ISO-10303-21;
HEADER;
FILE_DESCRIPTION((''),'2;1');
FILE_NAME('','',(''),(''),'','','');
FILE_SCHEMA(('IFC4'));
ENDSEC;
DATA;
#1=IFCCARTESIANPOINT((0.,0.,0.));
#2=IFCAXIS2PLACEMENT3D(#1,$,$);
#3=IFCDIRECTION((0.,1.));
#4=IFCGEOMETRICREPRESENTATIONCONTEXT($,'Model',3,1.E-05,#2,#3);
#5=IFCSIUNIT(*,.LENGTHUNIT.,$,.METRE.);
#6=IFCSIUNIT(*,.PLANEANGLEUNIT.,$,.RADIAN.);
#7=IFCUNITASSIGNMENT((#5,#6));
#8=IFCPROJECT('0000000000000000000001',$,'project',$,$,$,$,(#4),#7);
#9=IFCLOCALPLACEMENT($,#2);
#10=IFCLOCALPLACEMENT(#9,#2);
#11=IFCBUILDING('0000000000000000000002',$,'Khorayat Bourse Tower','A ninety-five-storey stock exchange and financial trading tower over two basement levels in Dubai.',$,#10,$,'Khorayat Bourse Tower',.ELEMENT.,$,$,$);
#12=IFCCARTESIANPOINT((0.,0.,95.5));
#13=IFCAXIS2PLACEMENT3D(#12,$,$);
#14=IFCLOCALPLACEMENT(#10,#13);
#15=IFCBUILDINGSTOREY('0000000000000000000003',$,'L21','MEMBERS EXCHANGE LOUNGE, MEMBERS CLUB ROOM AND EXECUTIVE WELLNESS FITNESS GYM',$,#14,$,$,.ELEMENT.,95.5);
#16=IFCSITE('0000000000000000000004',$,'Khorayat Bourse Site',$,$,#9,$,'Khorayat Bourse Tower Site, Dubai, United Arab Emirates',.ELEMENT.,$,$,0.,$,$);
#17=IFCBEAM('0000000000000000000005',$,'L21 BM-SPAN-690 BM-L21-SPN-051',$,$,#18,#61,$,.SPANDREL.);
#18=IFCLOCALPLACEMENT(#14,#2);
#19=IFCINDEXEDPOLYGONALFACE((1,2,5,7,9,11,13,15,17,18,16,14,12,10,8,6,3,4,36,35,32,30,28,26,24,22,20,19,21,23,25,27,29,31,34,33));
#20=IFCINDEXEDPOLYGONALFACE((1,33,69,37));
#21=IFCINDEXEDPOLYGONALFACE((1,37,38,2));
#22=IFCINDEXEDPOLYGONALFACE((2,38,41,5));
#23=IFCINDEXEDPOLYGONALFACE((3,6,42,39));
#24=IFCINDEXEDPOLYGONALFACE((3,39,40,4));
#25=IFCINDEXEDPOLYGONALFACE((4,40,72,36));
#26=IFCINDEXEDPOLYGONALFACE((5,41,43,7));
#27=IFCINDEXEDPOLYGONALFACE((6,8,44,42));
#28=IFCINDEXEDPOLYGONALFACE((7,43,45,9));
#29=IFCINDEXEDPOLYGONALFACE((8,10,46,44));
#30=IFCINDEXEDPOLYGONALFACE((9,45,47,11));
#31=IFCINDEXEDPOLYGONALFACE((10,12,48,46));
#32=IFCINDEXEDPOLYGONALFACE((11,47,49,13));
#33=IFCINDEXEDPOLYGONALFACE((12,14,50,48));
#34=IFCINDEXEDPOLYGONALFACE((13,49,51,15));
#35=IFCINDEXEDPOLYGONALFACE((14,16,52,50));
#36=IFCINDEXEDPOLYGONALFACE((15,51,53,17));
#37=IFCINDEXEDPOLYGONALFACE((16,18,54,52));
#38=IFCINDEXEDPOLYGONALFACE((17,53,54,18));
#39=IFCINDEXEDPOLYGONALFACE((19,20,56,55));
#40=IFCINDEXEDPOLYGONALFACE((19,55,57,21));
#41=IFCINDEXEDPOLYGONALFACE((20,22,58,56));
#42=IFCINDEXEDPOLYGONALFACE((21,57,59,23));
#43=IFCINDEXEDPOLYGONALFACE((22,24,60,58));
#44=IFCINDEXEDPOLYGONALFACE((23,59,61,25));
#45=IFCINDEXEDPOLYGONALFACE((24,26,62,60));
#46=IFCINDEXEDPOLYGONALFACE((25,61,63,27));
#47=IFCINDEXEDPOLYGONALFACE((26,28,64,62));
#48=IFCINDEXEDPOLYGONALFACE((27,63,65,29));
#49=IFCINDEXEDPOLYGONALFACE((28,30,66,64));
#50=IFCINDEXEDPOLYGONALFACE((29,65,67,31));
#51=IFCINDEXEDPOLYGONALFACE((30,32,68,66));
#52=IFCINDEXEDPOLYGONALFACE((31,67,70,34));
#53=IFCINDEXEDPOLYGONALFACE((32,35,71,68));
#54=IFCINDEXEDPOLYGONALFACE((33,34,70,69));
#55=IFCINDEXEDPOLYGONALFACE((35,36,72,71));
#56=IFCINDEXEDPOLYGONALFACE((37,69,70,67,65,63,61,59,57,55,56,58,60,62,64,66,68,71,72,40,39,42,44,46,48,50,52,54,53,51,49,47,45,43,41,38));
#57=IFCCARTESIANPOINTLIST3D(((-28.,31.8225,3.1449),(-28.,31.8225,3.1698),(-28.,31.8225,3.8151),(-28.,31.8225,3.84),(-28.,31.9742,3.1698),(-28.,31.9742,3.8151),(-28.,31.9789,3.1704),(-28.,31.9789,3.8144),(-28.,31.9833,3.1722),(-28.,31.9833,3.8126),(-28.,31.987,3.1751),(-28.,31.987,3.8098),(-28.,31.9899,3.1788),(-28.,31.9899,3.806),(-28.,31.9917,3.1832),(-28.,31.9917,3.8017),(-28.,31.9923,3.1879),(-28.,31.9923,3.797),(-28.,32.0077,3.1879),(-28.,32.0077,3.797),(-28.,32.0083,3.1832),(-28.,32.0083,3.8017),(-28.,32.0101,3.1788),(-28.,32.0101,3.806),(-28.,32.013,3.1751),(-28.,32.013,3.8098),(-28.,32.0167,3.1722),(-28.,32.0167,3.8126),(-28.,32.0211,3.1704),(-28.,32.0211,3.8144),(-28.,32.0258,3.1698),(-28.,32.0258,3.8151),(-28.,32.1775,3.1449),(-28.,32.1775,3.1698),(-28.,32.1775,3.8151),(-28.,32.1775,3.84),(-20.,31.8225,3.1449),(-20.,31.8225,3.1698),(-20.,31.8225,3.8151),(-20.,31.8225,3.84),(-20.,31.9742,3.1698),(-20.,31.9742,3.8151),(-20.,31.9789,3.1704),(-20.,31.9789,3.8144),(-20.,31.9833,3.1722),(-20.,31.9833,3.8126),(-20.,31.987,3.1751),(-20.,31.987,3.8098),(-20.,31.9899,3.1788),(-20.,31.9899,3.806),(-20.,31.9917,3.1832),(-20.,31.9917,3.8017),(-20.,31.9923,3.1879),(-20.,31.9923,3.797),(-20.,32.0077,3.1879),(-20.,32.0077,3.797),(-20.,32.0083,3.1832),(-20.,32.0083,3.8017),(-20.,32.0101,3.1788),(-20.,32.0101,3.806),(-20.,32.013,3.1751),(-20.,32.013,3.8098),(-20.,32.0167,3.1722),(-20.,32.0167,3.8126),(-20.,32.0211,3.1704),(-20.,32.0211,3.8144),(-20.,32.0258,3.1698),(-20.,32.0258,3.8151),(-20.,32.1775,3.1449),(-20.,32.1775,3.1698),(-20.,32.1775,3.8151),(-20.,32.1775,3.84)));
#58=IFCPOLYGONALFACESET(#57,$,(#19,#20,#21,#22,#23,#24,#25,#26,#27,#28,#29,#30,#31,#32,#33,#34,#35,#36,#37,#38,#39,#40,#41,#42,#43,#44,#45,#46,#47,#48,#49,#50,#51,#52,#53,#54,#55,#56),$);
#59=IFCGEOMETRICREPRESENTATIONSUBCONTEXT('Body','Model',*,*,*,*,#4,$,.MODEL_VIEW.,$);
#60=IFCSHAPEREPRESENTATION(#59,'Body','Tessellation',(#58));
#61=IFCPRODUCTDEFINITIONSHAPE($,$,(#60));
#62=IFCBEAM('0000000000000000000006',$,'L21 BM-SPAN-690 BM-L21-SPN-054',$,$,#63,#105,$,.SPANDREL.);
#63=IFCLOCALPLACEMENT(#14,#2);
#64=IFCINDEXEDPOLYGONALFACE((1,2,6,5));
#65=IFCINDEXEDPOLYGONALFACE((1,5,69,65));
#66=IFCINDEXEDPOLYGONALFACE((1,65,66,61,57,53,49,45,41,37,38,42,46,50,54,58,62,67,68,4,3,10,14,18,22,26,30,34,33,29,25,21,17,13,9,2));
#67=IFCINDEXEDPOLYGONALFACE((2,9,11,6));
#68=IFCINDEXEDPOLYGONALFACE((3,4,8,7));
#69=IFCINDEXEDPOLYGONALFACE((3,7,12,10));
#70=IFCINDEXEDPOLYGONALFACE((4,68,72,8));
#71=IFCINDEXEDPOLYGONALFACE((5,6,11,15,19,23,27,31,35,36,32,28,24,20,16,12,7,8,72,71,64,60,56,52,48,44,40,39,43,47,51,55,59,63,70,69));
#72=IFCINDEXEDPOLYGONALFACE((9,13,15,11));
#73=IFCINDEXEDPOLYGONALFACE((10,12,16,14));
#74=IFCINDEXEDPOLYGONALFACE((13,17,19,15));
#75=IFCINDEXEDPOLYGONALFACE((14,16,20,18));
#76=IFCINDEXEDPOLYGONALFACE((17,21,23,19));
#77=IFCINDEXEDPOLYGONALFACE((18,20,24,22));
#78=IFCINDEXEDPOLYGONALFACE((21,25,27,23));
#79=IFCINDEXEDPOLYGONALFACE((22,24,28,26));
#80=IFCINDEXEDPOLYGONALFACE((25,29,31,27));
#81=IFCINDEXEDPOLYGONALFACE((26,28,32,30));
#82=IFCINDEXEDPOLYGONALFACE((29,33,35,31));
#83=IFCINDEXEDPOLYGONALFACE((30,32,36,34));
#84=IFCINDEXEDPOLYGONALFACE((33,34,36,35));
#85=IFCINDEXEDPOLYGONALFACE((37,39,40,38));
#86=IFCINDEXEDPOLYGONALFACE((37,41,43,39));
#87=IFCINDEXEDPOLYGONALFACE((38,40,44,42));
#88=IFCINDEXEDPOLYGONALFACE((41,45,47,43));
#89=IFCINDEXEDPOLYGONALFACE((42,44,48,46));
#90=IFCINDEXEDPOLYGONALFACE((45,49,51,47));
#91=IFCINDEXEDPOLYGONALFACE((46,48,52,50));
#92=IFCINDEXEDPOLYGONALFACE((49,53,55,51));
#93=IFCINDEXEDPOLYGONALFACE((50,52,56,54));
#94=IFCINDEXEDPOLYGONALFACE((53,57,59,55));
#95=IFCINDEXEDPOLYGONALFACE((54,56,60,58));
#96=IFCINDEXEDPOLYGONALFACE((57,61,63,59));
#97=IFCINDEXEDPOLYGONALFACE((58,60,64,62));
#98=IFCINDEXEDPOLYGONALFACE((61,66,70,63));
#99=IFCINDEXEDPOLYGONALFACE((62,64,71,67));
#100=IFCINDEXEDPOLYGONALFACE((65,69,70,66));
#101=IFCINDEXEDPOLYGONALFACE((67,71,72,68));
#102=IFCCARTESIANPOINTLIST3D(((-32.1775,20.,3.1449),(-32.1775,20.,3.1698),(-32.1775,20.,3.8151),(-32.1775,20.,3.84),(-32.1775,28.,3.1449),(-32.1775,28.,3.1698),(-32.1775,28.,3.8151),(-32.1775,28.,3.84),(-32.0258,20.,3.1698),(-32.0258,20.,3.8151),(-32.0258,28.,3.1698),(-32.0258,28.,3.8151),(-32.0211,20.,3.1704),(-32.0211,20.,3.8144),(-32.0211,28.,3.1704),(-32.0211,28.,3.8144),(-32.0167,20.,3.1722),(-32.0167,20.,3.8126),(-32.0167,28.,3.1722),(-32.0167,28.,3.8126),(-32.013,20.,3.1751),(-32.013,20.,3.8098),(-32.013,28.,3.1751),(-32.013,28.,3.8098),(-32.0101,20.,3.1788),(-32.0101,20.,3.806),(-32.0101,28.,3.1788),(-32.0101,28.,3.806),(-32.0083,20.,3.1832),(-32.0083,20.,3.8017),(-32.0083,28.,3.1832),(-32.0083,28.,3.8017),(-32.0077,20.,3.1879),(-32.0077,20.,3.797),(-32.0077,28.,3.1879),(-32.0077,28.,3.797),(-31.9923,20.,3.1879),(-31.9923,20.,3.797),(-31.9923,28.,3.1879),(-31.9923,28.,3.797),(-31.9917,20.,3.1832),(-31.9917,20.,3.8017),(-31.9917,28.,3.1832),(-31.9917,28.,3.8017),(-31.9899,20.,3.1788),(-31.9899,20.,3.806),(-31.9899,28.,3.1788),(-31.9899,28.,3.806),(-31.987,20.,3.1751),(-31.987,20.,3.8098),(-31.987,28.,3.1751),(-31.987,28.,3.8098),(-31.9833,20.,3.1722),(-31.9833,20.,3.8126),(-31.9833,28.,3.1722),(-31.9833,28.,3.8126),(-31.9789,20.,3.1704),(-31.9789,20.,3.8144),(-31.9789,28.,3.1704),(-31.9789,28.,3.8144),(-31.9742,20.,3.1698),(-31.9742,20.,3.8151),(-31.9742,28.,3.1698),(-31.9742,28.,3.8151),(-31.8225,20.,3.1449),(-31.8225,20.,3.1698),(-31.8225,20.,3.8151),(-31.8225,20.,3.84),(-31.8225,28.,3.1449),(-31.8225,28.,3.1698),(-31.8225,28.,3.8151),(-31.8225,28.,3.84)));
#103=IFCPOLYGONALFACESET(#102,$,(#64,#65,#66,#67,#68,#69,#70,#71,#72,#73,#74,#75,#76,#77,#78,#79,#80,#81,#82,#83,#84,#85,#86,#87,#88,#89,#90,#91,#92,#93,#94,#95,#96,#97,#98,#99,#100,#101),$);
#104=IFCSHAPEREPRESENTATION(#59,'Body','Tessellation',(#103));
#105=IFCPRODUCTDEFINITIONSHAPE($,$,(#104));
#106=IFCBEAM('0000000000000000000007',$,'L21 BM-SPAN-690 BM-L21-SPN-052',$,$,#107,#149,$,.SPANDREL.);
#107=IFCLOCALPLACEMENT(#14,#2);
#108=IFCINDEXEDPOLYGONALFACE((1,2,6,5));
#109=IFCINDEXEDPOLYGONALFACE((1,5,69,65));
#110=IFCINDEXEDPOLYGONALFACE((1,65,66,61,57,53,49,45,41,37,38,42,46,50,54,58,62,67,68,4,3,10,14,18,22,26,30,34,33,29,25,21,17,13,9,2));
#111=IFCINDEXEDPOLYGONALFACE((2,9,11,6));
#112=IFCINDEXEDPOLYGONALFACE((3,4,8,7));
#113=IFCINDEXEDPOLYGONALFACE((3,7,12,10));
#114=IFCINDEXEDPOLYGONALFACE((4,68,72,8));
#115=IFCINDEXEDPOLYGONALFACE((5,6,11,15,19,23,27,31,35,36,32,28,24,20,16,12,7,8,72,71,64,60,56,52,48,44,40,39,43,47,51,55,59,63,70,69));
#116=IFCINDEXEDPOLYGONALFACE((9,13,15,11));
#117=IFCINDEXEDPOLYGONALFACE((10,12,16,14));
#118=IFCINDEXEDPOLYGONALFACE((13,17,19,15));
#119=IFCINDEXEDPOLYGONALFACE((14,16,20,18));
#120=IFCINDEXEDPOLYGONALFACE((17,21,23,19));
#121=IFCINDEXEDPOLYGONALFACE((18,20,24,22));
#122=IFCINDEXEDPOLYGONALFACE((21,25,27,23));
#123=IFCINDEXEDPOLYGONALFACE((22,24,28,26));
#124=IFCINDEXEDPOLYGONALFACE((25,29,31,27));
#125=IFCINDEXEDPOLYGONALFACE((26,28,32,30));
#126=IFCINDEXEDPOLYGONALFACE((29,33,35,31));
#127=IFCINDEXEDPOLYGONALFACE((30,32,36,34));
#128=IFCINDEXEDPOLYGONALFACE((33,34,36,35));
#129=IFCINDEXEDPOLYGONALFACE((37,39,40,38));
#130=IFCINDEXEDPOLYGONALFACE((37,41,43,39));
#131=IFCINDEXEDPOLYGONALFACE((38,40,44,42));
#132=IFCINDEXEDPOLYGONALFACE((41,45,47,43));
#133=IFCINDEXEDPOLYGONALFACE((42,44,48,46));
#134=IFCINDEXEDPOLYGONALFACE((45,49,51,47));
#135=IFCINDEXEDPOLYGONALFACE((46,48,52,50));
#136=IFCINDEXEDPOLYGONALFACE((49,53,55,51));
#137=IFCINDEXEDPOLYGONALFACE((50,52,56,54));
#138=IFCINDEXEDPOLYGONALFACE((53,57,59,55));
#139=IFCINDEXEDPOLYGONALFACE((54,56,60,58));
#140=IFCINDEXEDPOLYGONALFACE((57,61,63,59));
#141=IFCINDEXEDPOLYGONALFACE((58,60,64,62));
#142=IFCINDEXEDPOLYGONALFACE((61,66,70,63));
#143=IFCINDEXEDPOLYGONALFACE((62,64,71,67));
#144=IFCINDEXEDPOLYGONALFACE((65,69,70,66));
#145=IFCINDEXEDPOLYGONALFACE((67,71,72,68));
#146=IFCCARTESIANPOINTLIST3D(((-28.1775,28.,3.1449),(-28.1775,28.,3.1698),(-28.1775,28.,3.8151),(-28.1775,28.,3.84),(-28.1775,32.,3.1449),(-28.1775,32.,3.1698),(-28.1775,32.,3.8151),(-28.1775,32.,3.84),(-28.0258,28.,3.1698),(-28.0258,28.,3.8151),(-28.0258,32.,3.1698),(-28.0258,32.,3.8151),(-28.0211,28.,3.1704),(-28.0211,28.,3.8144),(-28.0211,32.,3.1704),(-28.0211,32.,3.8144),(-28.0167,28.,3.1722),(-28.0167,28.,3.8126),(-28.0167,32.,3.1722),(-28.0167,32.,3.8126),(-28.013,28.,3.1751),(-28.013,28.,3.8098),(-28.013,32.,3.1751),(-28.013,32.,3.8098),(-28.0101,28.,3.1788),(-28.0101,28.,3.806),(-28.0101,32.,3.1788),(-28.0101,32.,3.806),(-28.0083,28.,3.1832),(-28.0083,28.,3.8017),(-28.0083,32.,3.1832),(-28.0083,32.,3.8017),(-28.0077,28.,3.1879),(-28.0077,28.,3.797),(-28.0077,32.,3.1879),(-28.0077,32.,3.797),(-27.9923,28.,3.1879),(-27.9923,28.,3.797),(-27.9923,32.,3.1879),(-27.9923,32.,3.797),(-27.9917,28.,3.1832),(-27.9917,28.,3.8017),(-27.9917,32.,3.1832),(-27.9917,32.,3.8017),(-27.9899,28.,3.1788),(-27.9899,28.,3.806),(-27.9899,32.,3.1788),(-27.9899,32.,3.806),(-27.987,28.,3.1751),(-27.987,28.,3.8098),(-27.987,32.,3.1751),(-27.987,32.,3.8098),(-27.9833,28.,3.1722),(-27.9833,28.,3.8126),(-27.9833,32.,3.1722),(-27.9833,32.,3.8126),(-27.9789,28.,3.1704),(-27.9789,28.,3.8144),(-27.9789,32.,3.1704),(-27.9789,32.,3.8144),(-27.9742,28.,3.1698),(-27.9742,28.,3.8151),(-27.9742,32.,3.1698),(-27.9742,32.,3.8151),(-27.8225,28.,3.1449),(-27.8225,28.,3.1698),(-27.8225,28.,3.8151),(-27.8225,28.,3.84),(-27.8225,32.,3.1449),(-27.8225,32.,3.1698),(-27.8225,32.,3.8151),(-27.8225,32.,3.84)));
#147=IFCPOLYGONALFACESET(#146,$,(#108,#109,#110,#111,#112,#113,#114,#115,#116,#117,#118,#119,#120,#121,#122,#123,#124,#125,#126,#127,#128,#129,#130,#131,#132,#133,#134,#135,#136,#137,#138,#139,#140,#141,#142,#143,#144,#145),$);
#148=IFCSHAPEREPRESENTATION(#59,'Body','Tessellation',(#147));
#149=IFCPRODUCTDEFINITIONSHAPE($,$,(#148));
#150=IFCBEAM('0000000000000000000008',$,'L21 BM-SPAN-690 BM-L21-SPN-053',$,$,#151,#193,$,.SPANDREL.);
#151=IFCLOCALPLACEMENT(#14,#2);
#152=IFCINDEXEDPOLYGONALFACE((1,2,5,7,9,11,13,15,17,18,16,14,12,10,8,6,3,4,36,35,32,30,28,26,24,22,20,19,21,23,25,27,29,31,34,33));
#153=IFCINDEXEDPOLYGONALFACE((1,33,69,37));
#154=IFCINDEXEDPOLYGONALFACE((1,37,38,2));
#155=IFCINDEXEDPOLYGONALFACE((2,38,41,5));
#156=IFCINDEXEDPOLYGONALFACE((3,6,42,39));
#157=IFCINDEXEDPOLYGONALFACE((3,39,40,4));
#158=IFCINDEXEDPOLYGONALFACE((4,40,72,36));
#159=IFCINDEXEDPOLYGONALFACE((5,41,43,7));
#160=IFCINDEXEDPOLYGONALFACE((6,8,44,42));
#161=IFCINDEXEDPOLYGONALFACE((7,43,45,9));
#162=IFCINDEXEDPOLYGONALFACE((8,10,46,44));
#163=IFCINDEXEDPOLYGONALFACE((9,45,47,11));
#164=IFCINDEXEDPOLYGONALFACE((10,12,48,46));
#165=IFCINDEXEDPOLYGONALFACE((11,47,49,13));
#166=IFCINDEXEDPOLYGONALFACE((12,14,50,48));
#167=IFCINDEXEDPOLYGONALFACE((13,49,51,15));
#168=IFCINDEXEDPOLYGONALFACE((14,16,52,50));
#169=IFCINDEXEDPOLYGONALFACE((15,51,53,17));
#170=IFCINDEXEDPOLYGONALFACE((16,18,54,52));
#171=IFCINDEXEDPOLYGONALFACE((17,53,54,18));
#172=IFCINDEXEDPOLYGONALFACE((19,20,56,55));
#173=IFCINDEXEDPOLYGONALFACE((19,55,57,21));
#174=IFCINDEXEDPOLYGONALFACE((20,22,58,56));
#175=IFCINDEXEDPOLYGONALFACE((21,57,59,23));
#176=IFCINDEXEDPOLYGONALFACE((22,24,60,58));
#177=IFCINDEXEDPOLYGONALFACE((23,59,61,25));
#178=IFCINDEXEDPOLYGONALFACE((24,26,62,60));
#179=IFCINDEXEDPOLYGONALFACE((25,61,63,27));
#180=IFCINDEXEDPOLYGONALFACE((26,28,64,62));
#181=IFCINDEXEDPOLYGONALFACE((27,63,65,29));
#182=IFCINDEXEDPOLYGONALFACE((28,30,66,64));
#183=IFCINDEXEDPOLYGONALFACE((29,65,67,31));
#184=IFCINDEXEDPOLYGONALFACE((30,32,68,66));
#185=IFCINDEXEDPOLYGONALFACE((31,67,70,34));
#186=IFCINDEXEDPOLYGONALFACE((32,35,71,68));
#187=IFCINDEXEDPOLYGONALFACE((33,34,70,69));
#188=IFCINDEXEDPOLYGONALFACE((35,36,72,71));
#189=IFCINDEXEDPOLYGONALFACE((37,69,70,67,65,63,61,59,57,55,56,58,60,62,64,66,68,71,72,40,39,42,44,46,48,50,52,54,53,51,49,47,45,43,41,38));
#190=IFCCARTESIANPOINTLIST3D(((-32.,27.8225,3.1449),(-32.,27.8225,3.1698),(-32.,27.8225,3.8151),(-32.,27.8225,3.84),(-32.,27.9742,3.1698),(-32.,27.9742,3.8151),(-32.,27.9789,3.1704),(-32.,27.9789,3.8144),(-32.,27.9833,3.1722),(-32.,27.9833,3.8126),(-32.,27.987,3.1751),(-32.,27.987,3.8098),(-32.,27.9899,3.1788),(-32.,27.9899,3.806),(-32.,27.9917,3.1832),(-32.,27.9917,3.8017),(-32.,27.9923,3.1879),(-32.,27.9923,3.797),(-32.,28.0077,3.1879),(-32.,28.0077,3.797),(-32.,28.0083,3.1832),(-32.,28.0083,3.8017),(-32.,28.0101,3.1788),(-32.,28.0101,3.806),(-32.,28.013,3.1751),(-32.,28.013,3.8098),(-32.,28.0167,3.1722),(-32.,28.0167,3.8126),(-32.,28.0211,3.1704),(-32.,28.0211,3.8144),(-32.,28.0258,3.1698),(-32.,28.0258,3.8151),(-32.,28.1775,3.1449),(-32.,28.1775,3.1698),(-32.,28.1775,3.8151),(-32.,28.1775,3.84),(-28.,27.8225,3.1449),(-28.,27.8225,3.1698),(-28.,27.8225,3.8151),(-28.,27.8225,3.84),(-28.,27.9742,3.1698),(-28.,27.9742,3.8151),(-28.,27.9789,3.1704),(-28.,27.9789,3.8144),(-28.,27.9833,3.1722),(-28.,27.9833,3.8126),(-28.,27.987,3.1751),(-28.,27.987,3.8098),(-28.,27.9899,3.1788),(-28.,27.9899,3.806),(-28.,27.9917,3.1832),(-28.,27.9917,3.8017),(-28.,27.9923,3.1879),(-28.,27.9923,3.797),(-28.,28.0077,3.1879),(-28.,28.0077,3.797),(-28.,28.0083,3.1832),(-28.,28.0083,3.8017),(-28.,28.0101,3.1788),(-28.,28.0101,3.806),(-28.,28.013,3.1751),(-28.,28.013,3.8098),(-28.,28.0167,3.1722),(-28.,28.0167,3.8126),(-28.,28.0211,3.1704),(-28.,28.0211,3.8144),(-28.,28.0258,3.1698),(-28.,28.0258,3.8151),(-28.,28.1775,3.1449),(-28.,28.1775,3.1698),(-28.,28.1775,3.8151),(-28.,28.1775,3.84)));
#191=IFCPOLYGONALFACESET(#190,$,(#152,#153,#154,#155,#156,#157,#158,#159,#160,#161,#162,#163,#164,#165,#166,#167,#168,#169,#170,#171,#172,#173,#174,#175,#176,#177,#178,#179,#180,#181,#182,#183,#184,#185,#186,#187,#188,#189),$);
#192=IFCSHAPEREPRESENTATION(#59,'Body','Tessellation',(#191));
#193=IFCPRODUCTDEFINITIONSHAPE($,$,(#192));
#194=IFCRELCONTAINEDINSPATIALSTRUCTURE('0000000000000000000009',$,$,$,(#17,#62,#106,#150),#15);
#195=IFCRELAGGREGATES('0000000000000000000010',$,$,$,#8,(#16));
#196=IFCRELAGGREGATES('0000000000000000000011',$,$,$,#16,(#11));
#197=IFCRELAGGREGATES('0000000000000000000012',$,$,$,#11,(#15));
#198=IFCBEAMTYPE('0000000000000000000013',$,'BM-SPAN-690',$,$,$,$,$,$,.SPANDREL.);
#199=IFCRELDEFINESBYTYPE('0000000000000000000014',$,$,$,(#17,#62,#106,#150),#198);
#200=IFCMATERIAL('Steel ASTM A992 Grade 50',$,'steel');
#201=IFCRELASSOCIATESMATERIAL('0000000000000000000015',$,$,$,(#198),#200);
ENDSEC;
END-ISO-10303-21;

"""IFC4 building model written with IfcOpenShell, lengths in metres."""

from ifc_helpers import new_model, si_unit, direction, frame, origin, origin_2d, place, context, subcontext, project, spatial, i_section, extrude, source, transform, mapped, material, material_profile, profile_set, type_object, element, save


model = new_model("IFC4")

# Units and contexts
model_context = context("Model", 3, precision=1e-05, world=origin(), true_north=direction((0.0, 1.0)))
body_context = subcontext(model_context, "Body", "Model", "MODEL_VIEW")
ifc_project = project(units=[si_unit("LENGTHUNIT", "METRE"), si_unit("PLANEANGLEUNIT", "RADIAN")], contexts=[model_context])

# Site, building, storey
site_placement = place(None, origin())
site = spatial("IfcSite", under=ifc_project, at=site_placement, Name="Khorayat Bourse Site", LongName="Khorayat Bourse Tower Site, Dubai, United Arab Emirates", CompositionType="ELEMENT", RefElevation=0.0)
building_placement = place(site_placement, origin())
building = spatial("IfcBuilding", under=site, at=building_placement, Name="Khorayat Bourse Tower", Description="A ninety-five-storey stock exchange and financial trading tower over two basement levels in Dubai.", LongName="Khorayat Bourse Tower", CompositionType="ELEMENT")
storey_placement = place(building_placement, frame((0.0, 0.0, 95.5)))
storey = spatial("IfcBuildingStorey", under=building, at=storey_placement, Name="L21", Description="MEMBERS EXCHANGE LOUNGE, MEMBERS CLUB ROOM AND EXECUTIVE WELLNESS FITNESS GYM", CompositionType="ELEMENT", Elevation=95.5)

# Beams
ifc_material_1 = material(Name="Steel ASTM A992 Grade 50", Category="steel")
ifc_material_profile_1 = material_profile(ifc_material_1, i_section(OverallWidth=0.355, OverallDepth=0.6951, WebThickness=0.0154, FlangeThickness=0.0249, FilletRadius=0.0181, at=origin_2d()), Name="W690X217")
ifc_profile_set_1 = profile_set([ifc_material_profile_1], Name="Steel ASTM A992 Grade 50")
beam_type_1 = type_object("IfcBeamType", Name="BM-SPAN-690", PredefinedType="SPANDREL", material=ifc_profile_set_1)
shared_shape_1 = source(origin(), body_context, "Body", "SweptSolid", [
    extrude(i_section(OverallWidth=0.355, OverallDepth=0.6951, WebThickness=0.0154, FlangeThickness=0.0249, FilletRadius=0.0181, at=origin_2d()), origin(), (0.0, 0.0, 1.0), 8.0),
])
for number, where, z_axis, x_axis, name in (
    (1, (-28.0, 32.0, 3.4924), (1.0, 0.0, 0.0), (0.0, 1.0, 0.0), "L21 BM-SPAN-690 BM-L21-SPN-051"),
    (2, (-32.0, 20.0, 3.4924), (0.0, 1.0, 0.0), (-1.0, 0.0, 0.0), "L21 BM-SPAN-690 BM-L21-SPN-054"),
):
    element("IfcBeam", number, at=place(storey_placement, frame(where, z_axis=z_axis, x_axis=x_axis)), inside=storey, type_object=beam_type_1, Name=name, PredefinedType="SPANDREL", context=body_context, shape_type="MappedRepresentation", body=[
        mapped(shared_shape_1, transform((0.0, 0.0, 0.0), scale=1.0)),
    ])
shared_shape_2 = source(origin(), body_context, "Body", "SweptSolid", [
    extrude(i_section(OverallWidth=0.355, OverallDepth=0.6951, WebThickness=0.0154, FlangeThickness=0.0249, FilletRadius=0.0181, at=origin_2d()), origin(), (0.0, 0.0, 1.0), 4.0),
])
for number, where, z_axis, x_axis, name in (
    (3, (-28.0, 28.0, 3.4924), (0.0, 1.0, 0.0), (-1.0, 0.0, 0.0), "L21 BM-SPAN-690 BM-L21-SPN-052"),
    (4, (-32.0, 28.0, 3.4924), (1.0, 0.0, 0.0), (0.0, 1.0, 0.0), "L21 BM-SPAN-690 BM-L21-SPN-053"),
):
    element("IfcBeam", number, at=place(storey_placement, frame(where, z_axis=z_axis, x_axis=x_axis)), inside=storey, type_object=beam_type_1, Name=name, PredefinedType="SPANDREL", context=body_context, shape_type="MappedRepresentation", body=[
        mapped(shared_shape_2, transform((0.0, 0.0, 0.0), scale=1.0)),
    ])

save(model, "model.ifc")
